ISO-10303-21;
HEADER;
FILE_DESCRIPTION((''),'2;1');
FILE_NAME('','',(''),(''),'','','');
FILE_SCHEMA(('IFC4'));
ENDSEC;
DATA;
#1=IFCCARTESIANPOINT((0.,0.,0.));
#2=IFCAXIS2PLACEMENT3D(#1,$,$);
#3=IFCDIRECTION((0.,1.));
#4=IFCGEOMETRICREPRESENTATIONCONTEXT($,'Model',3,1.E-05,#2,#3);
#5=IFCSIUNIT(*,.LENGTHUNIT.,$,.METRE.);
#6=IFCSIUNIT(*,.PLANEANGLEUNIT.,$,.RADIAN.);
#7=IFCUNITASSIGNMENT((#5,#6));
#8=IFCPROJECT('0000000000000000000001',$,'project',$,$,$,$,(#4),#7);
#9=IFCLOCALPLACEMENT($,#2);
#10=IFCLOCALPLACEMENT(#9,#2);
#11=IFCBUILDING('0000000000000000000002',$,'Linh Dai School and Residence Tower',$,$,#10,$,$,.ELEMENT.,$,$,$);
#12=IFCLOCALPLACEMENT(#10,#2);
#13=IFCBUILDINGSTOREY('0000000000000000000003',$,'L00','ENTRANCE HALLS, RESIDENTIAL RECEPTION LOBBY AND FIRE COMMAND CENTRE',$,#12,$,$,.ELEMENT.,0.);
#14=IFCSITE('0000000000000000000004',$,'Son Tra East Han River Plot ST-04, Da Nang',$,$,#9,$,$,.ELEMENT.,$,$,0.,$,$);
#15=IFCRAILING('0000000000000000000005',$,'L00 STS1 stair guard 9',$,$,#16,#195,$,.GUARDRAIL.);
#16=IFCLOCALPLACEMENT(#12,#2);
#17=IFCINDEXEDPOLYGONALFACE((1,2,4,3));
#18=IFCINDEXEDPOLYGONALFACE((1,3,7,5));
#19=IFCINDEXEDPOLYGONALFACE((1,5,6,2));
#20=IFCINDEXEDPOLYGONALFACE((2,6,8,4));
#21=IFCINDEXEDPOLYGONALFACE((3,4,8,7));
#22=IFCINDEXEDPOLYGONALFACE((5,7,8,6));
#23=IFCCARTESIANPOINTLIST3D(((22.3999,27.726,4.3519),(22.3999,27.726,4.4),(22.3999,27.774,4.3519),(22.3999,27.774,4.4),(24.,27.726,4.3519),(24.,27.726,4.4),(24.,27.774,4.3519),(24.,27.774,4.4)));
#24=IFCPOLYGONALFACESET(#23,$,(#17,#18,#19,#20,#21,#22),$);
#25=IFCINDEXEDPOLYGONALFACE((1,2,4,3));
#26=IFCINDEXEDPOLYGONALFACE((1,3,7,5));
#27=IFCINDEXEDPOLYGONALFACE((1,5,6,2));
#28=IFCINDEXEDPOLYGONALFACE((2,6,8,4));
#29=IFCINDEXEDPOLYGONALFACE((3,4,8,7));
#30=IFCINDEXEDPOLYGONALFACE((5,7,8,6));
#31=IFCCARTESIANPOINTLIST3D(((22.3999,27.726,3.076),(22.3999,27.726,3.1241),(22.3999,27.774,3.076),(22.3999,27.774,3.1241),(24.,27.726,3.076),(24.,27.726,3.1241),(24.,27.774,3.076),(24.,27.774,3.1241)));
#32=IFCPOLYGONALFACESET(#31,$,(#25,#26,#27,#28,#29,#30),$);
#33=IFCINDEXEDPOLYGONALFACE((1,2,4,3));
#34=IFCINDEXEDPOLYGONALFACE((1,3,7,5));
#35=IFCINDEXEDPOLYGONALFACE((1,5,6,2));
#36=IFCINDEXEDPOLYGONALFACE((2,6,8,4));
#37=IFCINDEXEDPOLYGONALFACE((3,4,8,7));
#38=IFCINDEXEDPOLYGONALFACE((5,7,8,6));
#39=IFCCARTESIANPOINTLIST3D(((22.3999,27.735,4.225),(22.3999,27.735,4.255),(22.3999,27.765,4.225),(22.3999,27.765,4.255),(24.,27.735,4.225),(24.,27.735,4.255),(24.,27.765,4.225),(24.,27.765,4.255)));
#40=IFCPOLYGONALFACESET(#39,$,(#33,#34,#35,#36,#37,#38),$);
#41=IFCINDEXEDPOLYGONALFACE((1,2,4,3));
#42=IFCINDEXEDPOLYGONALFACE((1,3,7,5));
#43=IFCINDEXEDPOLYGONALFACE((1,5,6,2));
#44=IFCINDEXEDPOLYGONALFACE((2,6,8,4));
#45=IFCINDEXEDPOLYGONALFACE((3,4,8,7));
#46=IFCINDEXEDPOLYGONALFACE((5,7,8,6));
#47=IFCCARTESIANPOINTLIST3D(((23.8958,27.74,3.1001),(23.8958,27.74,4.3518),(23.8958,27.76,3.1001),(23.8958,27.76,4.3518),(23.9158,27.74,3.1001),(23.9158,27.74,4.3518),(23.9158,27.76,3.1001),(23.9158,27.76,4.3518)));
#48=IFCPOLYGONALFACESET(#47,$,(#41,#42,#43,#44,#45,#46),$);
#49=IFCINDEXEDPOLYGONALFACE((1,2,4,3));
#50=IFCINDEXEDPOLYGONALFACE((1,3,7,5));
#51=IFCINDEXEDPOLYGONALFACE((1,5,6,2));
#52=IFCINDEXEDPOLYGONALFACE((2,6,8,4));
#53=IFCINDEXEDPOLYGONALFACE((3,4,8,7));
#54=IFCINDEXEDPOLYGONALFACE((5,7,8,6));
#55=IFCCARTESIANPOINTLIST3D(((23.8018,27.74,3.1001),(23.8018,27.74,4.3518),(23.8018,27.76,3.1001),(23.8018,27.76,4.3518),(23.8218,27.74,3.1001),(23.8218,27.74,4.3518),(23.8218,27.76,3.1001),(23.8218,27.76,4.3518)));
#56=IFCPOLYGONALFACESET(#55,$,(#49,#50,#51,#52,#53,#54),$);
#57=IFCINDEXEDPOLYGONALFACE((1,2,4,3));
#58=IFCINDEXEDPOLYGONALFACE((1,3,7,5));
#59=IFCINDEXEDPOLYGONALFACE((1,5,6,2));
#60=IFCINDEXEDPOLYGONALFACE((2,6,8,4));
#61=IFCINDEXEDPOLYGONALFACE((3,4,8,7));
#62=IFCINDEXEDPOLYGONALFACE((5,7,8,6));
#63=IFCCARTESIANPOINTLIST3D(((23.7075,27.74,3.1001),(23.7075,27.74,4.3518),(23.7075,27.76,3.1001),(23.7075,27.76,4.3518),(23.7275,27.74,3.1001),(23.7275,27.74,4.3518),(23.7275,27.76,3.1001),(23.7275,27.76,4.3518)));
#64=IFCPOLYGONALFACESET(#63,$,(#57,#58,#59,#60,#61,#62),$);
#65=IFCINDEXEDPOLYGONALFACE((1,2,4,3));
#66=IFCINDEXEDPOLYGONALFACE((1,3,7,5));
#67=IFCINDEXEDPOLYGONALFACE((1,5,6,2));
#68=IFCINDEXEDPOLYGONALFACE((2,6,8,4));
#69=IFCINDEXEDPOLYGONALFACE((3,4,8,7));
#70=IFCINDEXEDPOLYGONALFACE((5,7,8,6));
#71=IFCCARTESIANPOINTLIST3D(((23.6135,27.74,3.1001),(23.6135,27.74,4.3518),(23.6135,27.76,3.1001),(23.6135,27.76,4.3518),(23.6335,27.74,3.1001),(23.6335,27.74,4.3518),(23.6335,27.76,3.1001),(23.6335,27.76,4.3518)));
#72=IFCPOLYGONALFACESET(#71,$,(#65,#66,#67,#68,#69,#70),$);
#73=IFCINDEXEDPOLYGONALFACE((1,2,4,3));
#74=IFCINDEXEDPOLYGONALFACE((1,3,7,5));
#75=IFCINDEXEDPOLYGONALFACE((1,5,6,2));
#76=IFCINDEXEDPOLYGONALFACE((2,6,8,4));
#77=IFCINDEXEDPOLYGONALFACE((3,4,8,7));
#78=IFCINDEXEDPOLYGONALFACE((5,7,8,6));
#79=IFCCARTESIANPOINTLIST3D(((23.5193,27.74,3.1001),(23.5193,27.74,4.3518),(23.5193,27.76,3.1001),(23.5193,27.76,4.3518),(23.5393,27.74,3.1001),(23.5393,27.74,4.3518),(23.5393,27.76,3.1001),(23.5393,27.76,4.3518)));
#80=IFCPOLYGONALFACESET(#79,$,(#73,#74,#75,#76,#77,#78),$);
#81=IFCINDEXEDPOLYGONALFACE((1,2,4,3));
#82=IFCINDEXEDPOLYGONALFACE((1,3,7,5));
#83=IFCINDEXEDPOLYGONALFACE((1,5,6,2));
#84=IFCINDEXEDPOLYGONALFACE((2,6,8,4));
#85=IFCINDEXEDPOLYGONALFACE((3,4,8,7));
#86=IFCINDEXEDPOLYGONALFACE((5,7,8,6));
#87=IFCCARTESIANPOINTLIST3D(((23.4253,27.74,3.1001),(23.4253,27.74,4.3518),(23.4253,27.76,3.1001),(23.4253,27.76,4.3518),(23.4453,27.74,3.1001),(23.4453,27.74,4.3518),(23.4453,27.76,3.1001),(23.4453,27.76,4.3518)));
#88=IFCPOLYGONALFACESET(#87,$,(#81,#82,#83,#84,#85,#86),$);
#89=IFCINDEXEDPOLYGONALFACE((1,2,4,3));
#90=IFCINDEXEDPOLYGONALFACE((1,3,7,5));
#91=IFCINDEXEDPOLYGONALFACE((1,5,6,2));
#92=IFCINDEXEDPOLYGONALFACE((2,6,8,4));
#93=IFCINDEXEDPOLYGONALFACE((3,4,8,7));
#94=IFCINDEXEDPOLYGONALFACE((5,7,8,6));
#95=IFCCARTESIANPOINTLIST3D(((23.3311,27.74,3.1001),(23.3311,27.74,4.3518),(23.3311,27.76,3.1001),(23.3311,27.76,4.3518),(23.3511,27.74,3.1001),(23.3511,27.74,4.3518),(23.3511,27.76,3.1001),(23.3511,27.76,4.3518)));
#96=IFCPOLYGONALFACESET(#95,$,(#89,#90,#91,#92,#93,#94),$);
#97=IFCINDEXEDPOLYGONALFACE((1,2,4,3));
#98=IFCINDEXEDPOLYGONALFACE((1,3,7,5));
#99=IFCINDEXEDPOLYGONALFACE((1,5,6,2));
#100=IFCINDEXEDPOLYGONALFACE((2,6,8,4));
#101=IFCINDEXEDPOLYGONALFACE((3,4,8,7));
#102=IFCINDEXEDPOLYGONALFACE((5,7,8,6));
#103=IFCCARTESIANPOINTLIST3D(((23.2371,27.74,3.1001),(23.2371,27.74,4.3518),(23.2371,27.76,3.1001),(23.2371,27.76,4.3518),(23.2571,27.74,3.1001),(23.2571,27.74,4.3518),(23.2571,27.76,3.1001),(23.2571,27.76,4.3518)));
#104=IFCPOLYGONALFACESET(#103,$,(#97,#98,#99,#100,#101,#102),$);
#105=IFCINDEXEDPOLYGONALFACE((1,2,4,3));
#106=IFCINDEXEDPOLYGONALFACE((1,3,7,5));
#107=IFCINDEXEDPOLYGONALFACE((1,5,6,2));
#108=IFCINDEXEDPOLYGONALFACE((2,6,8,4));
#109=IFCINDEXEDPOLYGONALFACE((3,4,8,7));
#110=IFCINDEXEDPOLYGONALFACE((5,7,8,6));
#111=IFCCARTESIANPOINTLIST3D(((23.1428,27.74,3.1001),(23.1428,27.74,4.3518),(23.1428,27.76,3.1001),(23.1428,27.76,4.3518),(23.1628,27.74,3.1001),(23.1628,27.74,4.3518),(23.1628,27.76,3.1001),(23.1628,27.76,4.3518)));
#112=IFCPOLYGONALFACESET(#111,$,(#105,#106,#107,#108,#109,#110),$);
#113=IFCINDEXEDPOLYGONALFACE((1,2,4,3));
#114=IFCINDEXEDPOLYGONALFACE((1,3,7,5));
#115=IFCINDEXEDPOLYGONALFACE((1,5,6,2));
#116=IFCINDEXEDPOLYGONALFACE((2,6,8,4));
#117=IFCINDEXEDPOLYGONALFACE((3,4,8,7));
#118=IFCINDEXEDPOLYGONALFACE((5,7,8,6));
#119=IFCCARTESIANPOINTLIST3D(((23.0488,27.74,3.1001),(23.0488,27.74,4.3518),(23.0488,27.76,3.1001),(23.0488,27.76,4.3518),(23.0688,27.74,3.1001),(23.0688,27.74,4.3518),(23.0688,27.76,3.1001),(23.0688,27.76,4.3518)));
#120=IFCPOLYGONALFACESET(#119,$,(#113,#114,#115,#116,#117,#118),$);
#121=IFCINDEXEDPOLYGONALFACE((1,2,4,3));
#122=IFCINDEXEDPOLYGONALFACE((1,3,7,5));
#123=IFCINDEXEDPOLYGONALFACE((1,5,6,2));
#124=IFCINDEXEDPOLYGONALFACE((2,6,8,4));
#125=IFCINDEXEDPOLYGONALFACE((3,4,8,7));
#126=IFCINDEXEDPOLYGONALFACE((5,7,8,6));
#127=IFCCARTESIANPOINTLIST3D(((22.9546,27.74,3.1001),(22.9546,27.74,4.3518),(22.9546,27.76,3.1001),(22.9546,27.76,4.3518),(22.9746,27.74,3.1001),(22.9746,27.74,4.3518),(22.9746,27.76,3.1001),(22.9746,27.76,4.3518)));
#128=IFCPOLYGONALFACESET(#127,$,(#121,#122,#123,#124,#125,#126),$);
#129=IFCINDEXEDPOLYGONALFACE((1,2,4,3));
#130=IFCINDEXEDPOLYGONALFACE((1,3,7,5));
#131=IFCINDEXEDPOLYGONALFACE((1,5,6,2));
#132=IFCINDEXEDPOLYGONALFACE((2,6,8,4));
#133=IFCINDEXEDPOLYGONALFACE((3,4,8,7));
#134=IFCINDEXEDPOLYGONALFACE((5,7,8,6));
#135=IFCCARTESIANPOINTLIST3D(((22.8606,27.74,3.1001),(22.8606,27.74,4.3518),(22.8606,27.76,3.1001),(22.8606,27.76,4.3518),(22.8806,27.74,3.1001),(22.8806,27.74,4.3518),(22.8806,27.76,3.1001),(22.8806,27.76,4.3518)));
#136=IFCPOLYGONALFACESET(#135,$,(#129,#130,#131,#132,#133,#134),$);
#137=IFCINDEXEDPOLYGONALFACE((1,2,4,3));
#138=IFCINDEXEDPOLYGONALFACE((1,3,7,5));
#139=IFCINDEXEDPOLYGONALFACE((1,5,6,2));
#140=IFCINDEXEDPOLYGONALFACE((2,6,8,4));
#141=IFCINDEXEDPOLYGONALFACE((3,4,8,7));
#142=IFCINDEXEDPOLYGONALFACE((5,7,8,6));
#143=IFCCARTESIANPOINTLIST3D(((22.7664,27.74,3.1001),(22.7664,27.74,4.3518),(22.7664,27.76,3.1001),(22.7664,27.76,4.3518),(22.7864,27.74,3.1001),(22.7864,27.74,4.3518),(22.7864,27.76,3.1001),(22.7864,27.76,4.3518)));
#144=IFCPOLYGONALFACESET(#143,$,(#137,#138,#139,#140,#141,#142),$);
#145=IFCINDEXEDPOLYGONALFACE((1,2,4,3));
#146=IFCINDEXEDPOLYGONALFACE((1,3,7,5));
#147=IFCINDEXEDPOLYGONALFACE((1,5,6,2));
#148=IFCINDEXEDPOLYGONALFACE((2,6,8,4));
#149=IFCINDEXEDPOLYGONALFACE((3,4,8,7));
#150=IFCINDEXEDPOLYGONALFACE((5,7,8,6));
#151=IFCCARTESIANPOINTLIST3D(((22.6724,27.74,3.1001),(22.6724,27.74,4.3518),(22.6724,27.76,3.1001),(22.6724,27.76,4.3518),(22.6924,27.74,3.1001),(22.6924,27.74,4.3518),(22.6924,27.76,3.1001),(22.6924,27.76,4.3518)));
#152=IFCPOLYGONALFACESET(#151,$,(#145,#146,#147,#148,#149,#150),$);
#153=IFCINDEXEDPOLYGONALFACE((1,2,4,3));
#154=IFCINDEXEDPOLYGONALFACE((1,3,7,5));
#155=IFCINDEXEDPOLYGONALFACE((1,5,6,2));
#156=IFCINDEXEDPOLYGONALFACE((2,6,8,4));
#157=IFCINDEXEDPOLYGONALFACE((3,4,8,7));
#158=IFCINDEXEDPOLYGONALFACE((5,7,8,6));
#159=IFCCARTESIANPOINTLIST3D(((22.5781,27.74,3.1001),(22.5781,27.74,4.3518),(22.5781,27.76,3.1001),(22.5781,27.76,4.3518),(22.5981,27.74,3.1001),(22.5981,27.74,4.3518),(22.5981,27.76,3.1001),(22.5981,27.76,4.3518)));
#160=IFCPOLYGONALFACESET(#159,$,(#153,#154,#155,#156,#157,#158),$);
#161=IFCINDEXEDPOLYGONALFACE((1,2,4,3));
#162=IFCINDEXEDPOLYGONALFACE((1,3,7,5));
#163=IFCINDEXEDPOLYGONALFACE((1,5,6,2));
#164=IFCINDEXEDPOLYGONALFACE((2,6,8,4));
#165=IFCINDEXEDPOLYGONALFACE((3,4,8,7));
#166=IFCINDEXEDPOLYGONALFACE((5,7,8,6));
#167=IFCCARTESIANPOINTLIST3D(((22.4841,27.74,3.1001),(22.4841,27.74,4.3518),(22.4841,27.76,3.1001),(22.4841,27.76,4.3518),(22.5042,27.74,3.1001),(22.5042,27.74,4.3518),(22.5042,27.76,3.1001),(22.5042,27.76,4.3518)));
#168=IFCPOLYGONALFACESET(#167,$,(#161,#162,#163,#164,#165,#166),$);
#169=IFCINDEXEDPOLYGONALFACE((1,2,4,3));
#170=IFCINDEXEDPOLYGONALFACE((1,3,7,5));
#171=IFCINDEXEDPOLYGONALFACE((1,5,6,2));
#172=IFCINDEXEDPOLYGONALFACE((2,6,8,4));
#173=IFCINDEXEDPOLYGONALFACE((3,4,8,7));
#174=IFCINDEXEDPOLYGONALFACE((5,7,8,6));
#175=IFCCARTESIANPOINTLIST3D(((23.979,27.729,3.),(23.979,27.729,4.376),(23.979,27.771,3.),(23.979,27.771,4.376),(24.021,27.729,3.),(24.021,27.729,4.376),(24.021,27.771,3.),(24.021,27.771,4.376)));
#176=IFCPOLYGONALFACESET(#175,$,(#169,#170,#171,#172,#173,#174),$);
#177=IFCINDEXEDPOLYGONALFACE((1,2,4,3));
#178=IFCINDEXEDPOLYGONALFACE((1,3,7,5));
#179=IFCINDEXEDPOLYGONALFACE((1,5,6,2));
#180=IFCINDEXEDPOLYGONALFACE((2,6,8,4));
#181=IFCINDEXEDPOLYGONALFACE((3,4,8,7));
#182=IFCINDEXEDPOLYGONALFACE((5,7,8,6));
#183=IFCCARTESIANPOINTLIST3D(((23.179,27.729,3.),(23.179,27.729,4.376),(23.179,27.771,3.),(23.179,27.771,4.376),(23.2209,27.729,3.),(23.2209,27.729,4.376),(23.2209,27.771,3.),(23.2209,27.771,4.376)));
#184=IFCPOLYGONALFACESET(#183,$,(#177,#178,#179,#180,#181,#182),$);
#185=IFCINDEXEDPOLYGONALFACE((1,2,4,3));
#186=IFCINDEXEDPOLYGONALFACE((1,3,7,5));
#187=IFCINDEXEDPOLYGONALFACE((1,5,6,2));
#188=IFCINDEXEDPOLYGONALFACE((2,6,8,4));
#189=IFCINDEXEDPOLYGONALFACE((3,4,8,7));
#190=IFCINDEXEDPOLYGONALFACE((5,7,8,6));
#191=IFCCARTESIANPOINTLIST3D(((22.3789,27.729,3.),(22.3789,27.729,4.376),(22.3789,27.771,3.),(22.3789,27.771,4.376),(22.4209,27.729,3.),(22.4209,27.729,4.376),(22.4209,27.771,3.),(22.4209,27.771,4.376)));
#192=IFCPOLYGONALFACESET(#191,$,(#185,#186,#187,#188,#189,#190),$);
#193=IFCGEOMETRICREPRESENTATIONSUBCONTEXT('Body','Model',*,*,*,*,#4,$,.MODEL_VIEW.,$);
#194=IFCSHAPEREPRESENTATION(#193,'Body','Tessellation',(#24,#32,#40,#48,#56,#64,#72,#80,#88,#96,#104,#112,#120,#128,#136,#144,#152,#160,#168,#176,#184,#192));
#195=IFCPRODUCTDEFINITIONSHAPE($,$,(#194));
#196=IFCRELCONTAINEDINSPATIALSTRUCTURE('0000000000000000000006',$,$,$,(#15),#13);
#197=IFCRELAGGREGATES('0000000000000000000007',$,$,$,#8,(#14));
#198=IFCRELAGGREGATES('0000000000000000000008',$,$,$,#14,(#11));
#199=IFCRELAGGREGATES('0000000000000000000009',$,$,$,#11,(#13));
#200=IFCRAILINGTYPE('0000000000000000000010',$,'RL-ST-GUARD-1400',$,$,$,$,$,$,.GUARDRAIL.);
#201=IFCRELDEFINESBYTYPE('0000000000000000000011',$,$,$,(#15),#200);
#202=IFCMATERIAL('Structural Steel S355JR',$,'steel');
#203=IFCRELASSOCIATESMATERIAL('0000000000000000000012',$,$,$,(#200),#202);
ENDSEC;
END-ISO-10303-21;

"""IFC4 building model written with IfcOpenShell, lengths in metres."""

from ifc_helpers import new_model, si_unit, direction, frame, origin, origin_2d, place, context, subcontext, project, spatial, rectangle, extrude, source, transform, mapped, material, type_object, element, save


model = new_model("IFC4")

# Units and contexts
model_context = context("Model", 3, precision=1e-05, world=origin(), true_north=direction((0.0, 1.0)))
body_context = subcontext(model_context, "Body", "Model", "MODEL_VIEW")
ifc_project = project(units=[si_unit("LENGTHUNIT", "METRE"), si_unit("PLANEANGLEUNIT", "RADIAN")], contexts=[model_context])

# Site, building, storey
site_placement = place(None, origin())
site = spatial("IfcSite", under=ifc_project, at=site_placement, Name="Son Tra East Han River Plot ST-04, Da Nang", CompositionType="ELEMENT", RefElevation=0.0)
building_placement = place(site_placement, origin())
building = spatial("IfcBuilding", under=site, at=building_placement, Name="Linh Dai School and Residence Tower", CompositionType="ELEMENT")
storey_placement = place(building_placement, origin())
storey = spatial("IfcBuildingStorey", under=building, at=storey_placement, Name="L00", Description="ENTRANCE HALLS, RESIDENTIAL RECEPTION LOBBY AND FIRE COMMAND CENTRE", CompositionType="ELEMENT", Elevation=0.0)

# Shared definitions
ifc_material_1 = material(Name="Structural Steel S355JR", Category="steel")

# Railing
railing_type_1 = type_object("IfcRailingType", Name="RL-ST-GUARD-1400", PredefinedType="GUARDRAIL", material=ifc_material_1)
shared_shape_1 = source(origin(), body_context, "Body", "SweptSolid", [
    extrude(rectangle(XDim=0.0481, YDim=0.0481, at=origin_2d()), frame((0.0, 0.0, 1.376), z_axis=(-1.0, 0.0, 0.0), x_axis=(0.0, -1.0, 0.0)), (0.0, 0.0, 1.0), 1.6001),
    extrude(rectangle(XDim=0.0481, YDim=0.0481, at=origin_2d()), frame((0.0, 0.0, 0.1001), z_axis=(-1.0, 0.0, 0.0), x_axis=(0.0, -1.0, 0.0)), (0.0, 0.0, 1.0), 1.6001),
    extrude(rectangle(XDim=0.03, YDim=0.03, at=origin_2d()), frame((0.0, 0.0, 1.24), z_axis=(-1.0, 0.0, 0.0), x_axis=(0.0, -1.0, 0.0)), (0.0, 0.0, 1.0), 1.6001),
    extrude(rectangle(XDim=0.02, YDim=0.02, at=origin_2d()), frame((-0.0942, 0.0, 0.1001)), (0.0, 0.0, 1.0), 1.2517),
    extrude(rectangle(XDim=0.02, YDim=0.02, at=origin_2d()), frame((-0.1882, 0.0, 0.1001)), (0.0, 0.0, 1.0), 1.2517),
    extrude(rectangle(XDim=0.02, YDim=0.02, at=origin_2d()), frame((-0.2825, 0.0, 0.1001)), (0.0, 0.0, 1.0), 1.2517),
    extrude(rectangle(XDim=0.02, YDim=0.02, at=origin_2d()), frame((-0.3765, 0.0, 0.1001)), (0.0, 0.0, 1.0), 1.2517),
    extrude(rectangle(XDim=0.02, YDim=0.02, at=origin_2d()), frame((-0.4707, 0.0, 0.1001)), (0.0, 0.0, 1.0), 1.2517),
    extrude(rectangle(XDim=0.02, YDim=0.02, at=origin_2d()), frame((-0.5647, 0.0, 0.1001)), (0.0, 0.0, 1.0), 1.2517),
    extrude(rectangle(XDim=0.02, YDim=0.02, at=origin_2d()), frame((-0.6589, 0.0, 0.1001)), (0.0, 0.0, 1.0), 1.2517),
    extrude(rectangle(XDim=0.02, YDim=0.02, at=origin_2d()), frame((-0.7529, 0.0, 0.1001)), (0.0, 0.0, 1.0), 1.2517),
    extrude(rectangle(XDim=0.02, YDim=0.02, at=origin_2d()), frame((-0.8472, 0.0, 0.1001)), (0.0, 0.0, 1.0), 1.2517),
    extrude(rectangle(XDim=0.02, YDim=0.02, at=origin_2d()), frame((-0.9412, 0.0, 0.1001)), (0.0, 0.0, 1.0), 1.2517),
    extrude(rectangle(XDim=0.02, YDim=0.02, at=origin_2d()), frame((-1.0354, 0.0, 0.1001)), (0.0, 0.0, 1.0), 1.2517),
    extrude(rectangle(XDim=0.02, YDim=0.02, at=origin_2d()), frame((-1.1294, 0.0, 0.1001)), (0.0, 0.0, 1.0), 1.2517),
    extrude(rectangle(XDim=0.02, YDim=0.02, at=origin_2d()), frame((-1.2236, 0.0, 0.1001)), (0.0, 0.0, 1.0), 1.2517),
    extrude(rectangle(XDim=0.02, YDim=0.02, at=origin_2d()), frame((-1.3176, 0.0, 0.1001)), (0.0, 0.0, 1.0), 1.2517),
    extrude(rectangle(XDim=0.02, YDim=0.02, at=origin_2d()), frame((-1.4119, 0.0, 0.1001)), (0.0, 0.0, 1.0), 1.2517),
    extrude(rectangle(XDim=0.02, YDim=0.02, at=origin_2d()), frame((-1.5059, 0.0, 0.1001)), (0.0, 0.0, 1.0), 1.2517),
    extrude(rectangle(XDim=0.042, YDim=0.042, at=origin_2d()), origin(), (0.0, 0.0, 1.0), 1.376),
    extrude(rectangle(XDim=0.042, YDim=0.042, at=origin_2d()), frame((-0.8, 0.0, 0.0)), (0.0, 0.0, 1.0), 1.376),
    extrude(rectangle(XDim=0.042, YDim=0.042, at=origin_2d()), frame((-1.6001, 0.0, 0.0)), (0.0, 0.0, 1.0), 1.376),
])
for number, where, name in (
    (1, (24.0, 27.75, 3.0), "L00 STS1 stair guard 9"),
):
    element("IfcRailing", number, at=place(storey_placement, frame(where)), inside=storey, type_object=railing_type_1, Name=name, PredefinedType="GUARDRAIL", context=body_context, shape_type="MappedRepresentation", body=[
        mapped(shared_shape_1, transform((0.0, 0.0, 0.0), x_axis=(1.0, 0.0, 0.0), y_axis=(0.0, 1.0, 0.0), z_axis=(0.0, 0.0, 1.0), scale=1.0)),
    ])

save(model, "model.ifc")
